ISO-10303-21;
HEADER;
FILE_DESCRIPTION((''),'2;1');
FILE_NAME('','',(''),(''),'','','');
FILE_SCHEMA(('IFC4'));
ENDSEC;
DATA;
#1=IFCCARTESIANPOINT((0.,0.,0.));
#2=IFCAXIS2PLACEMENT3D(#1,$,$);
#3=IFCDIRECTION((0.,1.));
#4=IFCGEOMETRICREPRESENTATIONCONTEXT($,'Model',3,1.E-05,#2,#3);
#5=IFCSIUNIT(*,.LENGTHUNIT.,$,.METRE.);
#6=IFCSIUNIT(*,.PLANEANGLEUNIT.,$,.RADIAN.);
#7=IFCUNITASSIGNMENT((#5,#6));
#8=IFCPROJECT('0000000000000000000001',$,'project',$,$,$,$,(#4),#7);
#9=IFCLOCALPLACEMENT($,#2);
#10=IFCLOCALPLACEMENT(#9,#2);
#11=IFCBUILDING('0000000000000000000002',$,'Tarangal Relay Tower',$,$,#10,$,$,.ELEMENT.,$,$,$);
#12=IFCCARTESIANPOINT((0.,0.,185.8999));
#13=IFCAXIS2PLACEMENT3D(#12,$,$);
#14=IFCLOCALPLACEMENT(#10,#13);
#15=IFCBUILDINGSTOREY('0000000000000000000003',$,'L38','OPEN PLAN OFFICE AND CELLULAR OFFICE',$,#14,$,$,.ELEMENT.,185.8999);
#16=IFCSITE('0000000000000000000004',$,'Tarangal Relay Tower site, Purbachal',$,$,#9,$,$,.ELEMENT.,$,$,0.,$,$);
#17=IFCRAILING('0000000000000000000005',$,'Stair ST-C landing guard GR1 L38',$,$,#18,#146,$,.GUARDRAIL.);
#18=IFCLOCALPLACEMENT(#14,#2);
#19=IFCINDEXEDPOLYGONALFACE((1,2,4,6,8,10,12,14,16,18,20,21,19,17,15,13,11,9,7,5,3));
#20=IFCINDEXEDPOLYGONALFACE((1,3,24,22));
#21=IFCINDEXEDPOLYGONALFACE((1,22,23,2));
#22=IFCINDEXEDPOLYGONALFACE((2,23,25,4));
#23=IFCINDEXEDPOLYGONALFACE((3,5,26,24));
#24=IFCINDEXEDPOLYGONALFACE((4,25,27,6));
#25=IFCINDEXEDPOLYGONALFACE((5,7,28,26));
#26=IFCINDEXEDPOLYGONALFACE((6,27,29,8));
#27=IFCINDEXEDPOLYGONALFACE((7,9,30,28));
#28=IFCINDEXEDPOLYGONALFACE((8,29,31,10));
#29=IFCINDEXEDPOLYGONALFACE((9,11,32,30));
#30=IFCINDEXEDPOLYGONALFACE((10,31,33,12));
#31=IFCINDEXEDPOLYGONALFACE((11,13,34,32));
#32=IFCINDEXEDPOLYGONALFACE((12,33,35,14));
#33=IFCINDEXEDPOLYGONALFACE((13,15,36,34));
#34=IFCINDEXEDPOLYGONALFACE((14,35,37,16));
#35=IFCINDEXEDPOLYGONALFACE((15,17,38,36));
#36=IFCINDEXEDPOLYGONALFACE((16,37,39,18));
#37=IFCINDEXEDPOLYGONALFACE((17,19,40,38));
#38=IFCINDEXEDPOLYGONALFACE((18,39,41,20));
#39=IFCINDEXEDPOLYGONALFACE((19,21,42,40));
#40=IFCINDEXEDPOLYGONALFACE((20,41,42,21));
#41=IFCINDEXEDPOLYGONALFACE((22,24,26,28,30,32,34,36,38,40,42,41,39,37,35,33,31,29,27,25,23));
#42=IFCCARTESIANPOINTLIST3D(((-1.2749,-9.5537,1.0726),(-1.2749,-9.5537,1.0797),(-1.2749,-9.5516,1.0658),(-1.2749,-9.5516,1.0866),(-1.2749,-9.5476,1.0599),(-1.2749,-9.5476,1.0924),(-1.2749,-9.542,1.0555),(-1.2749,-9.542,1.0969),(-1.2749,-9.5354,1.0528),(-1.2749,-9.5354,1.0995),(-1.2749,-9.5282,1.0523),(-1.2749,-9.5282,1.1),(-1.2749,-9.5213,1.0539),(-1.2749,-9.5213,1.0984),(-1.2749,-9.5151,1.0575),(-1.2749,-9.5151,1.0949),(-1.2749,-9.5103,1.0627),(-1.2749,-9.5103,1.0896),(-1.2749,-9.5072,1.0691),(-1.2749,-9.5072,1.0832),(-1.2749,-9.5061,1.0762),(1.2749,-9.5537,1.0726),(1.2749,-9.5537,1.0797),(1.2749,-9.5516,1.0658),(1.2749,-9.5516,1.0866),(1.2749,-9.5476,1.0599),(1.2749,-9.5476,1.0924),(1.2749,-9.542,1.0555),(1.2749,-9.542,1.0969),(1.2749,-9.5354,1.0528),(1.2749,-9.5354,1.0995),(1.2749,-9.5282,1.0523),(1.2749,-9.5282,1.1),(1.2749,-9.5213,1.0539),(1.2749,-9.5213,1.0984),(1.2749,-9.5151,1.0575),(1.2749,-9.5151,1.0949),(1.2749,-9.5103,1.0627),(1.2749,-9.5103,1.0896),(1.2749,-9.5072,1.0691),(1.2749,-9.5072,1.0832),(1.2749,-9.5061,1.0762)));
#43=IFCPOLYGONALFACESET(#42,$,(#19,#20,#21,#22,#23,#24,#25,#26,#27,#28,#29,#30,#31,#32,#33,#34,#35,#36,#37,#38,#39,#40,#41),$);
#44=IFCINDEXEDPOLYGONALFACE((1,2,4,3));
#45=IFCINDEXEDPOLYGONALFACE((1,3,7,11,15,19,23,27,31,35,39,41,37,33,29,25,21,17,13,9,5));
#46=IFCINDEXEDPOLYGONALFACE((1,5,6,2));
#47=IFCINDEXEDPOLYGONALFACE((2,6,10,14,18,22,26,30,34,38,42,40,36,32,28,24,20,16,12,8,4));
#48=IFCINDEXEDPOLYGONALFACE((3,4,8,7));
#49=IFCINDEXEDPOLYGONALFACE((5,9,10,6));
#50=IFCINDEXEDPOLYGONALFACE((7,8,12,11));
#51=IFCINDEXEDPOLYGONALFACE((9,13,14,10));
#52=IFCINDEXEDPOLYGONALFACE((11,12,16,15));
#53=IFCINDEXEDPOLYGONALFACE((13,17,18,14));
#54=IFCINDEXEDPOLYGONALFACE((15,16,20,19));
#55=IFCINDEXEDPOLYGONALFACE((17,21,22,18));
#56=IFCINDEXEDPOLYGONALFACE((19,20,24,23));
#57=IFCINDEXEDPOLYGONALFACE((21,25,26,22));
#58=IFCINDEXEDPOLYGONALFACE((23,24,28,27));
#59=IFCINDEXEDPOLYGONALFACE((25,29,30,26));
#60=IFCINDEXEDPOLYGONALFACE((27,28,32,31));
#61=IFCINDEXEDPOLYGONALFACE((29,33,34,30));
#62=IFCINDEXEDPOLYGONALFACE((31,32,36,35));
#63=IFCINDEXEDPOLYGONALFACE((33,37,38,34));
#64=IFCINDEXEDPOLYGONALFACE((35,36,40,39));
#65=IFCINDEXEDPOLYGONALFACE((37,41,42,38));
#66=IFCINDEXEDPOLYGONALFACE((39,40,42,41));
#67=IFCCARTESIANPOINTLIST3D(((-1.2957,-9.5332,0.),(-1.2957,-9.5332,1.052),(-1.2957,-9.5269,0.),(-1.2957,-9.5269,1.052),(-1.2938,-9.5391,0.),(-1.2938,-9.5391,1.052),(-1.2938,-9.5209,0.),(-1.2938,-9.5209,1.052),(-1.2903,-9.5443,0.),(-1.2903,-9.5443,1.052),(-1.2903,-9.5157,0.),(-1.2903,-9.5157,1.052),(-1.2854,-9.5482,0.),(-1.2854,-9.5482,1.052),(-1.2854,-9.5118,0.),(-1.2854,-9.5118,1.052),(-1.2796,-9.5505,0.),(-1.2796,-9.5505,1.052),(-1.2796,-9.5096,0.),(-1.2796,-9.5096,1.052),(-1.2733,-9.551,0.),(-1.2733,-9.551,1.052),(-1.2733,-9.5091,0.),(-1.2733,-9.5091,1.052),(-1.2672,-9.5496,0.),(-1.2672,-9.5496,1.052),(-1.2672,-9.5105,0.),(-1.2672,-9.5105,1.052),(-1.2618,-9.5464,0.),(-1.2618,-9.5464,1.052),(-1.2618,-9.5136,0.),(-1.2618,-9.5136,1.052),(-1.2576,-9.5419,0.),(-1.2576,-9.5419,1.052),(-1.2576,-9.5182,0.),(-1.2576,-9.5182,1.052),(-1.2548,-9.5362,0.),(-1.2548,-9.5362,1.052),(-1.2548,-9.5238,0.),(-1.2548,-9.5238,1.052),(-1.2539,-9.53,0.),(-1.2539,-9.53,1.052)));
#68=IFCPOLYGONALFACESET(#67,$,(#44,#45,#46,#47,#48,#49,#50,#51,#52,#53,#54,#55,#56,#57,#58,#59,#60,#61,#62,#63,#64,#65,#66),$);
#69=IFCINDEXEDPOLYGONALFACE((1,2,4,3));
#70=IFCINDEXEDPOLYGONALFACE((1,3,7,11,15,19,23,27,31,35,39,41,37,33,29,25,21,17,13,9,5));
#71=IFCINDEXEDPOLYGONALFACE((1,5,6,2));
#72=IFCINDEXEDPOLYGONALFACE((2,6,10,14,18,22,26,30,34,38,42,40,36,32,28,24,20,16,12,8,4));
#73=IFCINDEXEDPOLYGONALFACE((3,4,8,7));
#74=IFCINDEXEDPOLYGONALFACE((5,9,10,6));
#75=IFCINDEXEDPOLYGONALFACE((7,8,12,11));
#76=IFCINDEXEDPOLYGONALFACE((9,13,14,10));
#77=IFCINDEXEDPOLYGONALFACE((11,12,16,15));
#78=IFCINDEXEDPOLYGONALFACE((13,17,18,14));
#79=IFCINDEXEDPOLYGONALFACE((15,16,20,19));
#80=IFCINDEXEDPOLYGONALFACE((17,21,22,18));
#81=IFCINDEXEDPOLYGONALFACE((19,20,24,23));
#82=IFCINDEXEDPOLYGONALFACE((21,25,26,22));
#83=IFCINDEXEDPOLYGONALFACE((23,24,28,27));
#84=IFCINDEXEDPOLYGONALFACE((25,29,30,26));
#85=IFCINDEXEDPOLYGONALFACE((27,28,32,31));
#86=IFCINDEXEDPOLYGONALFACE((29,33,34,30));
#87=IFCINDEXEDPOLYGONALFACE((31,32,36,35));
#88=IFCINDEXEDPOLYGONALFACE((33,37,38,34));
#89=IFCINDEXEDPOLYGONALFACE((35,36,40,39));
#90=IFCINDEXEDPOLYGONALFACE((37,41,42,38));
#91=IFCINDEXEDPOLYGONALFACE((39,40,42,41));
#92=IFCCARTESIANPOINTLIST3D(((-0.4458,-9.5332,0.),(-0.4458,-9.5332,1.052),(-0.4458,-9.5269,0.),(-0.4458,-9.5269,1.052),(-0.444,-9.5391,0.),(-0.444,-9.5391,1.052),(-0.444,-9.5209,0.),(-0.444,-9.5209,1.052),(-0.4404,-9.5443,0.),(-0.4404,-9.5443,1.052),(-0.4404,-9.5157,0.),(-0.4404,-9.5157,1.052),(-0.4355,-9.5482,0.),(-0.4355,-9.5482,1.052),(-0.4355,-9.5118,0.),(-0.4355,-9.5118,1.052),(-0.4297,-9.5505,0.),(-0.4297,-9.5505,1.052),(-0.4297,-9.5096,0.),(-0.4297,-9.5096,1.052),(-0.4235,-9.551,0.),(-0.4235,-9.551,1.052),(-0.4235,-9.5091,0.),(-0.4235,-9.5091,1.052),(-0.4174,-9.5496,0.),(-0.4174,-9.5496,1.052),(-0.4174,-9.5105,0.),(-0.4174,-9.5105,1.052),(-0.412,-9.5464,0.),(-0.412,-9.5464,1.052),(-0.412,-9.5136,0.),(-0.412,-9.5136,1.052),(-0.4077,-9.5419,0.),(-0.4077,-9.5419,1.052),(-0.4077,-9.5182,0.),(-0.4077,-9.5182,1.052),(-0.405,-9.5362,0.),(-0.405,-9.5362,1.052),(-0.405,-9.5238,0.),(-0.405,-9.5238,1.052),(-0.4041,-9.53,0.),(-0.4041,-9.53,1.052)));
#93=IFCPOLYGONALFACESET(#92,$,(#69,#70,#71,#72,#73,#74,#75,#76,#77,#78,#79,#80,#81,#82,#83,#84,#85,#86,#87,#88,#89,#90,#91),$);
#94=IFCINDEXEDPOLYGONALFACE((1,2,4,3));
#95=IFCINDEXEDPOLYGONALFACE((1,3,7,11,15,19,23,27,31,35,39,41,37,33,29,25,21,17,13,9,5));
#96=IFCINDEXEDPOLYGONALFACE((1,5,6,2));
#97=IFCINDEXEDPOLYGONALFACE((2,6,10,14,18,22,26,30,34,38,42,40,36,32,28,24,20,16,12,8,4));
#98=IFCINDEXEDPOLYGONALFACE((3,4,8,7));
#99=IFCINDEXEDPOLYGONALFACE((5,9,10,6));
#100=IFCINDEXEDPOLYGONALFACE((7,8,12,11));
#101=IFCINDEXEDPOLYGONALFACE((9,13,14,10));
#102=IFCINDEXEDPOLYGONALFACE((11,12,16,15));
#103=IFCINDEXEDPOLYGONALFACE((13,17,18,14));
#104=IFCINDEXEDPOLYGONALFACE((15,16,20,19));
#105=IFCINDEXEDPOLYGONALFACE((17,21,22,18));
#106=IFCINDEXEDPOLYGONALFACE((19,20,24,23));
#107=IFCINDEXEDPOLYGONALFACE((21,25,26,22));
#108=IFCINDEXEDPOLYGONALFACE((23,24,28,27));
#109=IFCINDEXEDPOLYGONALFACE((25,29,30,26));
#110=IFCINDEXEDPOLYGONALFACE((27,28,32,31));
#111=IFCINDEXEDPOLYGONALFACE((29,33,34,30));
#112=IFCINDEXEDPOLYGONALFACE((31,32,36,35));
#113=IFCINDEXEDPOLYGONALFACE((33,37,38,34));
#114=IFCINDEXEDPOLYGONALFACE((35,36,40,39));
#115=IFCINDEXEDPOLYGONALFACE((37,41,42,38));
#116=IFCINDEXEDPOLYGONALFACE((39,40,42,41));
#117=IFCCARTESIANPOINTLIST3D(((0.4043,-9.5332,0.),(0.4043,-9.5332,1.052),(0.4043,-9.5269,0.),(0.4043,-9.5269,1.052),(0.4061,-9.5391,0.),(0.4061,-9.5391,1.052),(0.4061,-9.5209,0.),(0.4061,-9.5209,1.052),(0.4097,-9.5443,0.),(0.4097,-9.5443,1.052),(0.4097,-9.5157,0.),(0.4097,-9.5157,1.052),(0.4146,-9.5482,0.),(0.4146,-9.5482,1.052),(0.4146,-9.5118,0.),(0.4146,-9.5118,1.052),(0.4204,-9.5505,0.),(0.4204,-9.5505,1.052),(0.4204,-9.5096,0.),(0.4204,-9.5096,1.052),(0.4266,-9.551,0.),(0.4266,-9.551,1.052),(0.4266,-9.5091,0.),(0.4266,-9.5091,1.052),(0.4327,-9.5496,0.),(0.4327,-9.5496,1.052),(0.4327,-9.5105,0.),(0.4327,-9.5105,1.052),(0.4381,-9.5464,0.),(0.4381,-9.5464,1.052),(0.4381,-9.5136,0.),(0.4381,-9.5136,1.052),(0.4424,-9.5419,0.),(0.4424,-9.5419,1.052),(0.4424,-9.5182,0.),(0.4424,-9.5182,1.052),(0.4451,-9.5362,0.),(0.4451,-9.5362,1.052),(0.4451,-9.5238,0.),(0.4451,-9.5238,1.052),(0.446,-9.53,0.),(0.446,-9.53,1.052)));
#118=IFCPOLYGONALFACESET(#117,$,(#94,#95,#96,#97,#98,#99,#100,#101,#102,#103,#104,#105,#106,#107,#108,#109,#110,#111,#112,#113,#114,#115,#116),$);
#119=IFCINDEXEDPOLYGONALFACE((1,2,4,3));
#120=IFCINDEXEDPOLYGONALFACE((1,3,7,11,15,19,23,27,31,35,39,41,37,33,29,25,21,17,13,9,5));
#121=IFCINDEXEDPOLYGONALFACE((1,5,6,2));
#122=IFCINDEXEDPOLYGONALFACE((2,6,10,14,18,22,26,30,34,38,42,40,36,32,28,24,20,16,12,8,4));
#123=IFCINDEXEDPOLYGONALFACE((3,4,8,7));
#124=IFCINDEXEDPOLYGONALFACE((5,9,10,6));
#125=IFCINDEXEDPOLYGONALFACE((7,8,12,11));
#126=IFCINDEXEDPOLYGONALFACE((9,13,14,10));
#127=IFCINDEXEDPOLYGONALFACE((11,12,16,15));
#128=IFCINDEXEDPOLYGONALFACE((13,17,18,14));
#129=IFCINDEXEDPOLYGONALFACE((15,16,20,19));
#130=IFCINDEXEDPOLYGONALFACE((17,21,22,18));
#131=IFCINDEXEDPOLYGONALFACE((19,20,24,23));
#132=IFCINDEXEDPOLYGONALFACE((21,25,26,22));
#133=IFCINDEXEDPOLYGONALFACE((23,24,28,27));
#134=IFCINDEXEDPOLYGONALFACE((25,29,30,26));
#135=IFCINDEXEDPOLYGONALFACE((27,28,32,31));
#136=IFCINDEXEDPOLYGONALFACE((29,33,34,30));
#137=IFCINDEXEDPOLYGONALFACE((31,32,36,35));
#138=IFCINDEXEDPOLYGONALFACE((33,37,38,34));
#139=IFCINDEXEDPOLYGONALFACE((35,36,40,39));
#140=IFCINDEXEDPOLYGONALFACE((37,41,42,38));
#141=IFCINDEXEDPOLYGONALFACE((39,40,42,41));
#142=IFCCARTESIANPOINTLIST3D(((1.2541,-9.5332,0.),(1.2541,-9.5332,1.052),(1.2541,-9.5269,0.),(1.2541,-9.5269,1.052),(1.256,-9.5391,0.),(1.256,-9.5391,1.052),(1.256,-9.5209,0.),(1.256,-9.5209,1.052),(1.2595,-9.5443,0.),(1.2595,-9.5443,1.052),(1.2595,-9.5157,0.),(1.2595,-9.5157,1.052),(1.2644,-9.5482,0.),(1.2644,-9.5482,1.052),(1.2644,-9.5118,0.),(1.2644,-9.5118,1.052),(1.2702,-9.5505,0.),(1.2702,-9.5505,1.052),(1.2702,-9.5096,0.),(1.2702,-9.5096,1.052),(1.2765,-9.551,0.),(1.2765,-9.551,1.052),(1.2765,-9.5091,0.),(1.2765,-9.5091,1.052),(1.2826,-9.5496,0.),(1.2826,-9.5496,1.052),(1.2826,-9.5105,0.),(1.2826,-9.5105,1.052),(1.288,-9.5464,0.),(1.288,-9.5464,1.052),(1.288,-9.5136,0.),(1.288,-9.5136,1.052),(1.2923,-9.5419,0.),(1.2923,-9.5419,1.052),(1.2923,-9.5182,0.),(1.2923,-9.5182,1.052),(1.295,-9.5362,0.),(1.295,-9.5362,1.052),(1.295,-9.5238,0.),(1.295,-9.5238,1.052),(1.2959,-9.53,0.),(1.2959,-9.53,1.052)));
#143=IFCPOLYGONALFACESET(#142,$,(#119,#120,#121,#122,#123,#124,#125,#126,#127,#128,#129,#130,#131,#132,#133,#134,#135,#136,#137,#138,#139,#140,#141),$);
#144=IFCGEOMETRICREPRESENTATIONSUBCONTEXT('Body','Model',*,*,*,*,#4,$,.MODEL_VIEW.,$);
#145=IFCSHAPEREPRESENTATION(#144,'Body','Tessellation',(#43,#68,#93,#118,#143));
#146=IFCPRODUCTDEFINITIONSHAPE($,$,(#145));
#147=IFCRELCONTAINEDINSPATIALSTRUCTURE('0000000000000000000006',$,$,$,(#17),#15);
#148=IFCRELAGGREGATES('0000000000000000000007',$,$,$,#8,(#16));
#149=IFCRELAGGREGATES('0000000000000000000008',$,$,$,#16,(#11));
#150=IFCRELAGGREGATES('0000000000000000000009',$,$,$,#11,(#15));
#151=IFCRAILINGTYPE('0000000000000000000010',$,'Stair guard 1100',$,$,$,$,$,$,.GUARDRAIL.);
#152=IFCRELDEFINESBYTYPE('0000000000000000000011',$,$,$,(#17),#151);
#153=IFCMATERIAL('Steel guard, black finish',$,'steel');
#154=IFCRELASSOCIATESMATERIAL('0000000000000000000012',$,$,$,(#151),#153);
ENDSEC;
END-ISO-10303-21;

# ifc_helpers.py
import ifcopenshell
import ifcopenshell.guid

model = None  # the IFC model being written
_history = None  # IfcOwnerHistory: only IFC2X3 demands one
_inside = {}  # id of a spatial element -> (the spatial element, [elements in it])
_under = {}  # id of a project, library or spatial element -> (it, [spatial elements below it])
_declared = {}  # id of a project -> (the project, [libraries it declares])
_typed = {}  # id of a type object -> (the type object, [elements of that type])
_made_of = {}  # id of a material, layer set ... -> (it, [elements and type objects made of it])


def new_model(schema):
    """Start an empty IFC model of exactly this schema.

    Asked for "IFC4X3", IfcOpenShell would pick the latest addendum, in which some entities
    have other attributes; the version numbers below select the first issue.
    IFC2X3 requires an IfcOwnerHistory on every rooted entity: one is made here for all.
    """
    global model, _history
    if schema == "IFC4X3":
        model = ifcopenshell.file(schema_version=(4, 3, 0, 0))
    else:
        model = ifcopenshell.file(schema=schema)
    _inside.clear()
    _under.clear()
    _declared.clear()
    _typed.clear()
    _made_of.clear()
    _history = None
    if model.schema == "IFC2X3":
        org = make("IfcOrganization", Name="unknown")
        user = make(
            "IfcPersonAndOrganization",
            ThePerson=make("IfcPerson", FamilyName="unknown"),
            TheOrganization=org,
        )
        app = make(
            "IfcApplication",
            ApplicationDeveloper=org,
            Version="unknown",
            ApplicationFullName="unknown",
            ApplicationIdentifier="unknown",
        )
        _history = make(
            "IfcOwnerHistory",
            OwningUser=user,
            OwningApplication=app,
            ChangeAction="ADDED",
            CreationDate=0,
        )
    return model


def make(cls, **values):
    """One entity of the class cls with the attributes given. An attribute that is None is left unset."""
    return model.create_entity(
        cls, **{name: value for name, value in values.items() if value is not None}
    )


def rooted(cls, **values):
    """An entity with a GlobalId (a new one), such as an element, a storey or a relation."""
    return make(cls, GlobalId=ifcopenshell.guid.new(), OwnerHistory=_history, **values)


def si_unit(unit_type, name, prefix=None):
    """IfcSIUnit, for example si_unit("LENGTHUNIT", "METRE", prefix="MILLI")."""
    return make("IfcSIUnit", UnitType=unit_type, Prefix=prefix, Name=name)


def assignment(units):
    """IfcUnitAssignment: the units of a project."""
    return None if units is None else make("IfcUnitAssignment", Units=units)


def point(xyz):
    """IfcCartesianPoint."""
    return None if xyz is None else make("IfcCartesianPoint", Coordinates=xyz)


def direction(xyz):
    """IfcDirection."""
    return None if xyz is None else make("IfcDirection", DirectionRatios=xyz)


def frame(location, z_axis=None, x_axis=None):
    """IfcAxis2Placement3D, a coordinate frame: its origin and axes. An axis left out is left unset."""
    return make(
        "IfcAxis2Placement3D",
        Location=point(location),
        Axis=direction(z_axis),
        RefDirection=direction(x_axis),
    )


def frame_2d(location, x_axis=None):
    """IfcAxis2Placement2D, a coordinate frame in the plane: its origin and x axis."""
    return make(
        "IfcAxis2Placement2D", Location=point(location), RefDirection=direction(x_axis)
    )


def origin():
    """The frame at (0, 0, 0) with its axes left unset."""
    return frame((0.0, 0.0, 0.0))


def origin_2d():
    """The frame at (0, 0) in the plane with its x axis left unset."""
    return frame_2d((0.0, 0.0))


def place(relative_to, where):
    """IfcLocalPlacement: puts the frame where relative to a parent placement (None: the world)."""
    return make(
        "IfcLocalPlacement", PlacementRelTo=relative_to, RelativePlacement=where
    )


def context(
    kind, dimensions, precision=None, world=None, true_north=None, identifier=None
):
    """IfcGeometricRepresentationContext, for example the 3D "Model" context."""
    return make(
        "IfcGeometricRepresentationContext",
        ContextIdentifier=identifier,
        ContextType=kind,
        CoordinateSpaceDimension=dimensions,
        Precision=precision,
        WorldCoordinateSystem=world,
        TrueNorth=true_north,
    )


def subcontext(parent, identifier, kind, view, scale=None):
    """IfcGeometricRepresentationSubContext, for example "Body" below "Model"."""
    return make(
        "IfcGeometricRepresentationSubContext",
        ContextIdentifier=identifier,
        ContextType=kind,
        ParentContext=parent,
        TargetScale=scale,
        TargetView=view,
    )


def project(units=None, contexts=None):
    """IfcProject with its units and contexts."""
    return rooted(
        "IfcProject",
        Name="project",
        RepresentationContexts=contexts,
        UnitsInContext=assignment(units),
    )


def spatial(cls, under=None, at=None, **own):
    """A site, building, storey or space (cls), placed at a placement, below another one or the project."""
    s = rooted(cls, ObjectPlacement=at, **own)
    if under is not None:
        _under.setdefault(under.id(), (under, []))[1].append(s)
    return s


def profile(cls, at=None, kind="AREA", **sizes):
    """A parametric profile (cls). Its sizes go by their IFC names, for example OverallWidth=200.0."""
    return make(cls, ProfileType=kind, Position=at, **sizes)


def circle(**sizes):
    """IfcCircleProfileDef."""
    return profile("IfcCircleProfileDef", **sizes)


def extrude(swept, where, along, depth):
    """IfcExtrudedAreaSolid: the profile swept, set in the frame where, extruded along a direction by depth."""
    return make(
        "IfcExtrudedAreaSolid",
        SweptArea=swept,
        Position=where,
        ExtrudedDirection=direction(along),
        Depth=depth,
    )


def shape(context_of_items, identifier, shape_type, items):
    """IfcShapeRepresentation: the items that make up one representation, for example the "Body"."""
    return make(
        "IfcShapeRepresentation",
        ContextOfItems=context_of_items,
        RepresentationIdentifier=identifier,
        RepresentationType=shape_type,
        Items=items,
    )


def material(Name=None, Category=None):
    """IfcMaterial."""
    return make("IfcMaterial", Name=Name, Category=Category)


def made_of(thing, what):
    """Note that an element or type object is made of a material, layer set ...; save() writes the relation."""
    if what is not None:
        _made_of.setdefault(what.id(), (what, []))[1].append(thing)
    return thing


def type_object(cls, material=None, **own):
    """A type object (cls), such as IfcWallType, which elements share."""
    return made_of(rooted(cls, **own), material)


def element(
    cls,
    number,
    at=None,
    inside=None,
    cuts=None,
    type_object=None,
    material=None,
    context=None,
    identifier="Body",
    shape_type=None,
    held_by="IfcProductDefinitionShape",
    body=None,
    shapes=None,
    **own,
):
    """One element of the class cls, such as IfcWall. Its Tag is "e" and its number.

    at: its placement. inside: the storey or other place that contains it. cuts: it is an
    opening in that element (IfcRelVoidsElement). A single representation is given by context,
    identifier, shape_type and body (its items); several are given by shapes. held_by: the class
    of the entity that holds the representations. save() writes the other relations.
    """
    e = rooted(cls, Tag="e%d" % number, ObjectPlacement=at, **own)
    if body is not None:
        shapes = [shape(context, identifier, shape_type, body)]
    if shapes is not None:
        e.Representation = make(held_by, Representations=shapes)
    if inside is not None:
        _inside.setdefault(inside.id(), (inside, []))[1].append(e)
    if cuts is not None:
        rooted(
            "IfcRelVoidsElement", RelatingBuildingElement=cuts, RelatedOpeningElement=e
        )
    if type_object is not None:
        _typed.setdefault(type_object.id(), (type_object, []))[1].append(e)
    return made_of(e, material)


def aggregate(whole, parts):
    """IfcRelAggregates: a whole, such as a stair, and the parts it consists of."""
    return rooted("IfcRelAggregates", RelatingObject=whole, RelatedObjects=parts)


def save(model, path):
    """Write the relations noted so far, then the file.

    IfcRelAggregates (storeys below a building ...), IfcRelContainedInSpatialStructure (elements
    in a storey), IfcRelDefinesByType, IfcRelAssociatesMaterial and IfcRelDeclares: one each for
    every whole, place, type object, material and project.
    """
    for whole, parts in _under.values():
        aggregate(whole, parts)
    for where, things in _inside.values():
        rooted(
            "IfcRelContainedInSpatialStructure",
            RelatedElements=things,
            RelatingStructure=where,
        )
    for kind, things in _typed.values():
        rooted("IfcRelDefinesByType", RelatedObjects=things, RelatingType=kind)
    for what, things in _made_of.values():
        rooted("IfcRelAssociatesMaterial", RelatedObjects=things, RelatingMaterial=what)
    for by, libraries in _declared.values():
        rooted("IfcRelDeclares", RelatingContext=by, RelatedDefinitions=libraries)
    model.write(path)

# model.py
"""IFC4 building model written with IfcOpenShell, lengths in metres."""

from ifc_helpers import new_model, si_unit, direction, frame, origin, origin_2d, place, context, subcontext, project, spatial, circle, extrude, material, type_object, element, save


model = new_model("IFC4")

# Units and contexts
model_context = context("Model", 3, precision=1e-05, world=origin(), true_north=direction((0.0, 1.0)))
body_context = subcontext(model_context, "Body", "Model", "MODEL_VIEW")
ifc_project = project(units=[si_unit("LENGTHUNIT", "METRE"), si_unit("PLANEANGLEUNIT", "RADIAN")], contexts=[model_context])

# Site, building, storey
site_placement = place(None, origin())
site = spatial("IfcSite", under=ifc_project, at=site_placement, Name="Tarangal Relay Tower site, Purbachal", CompositionType="ELEMENT", RefElevation=0.0)
building_placement = place(site_placement, origin())
building = spatial("IfcBuilding", under=site, at=building_placement, Name="Tarangal Relay Tower", CompositionType="ELEMENT")
storey_placement = place(building_placement, frame((0.0, 0.0, 185.8999)))
storey = spatial("IfcBuildingStorey", under=building, at=storey_placement, Name="L38", Description="OPEN PLAN OFFICE AND CELLULAR OFFICE", CompositionType="ELEMENT", Elevation=185.8999)

# Railing
ifc_material_1 = material(Name="Steel guard, black finish", Category="steel")
railing_type_1 = type_object("IfcRailingType", Name="Stair guard 1100", PredefinedType="GUARDRAIL", material=ifc_material_1)
for number, where, name in (
    (1, (-1.2749, -9.53, 0.0), "Stair ST-C landing guard GR1 L38"),
):
    element("IfcRailing", number, at=place(storey_placement, frame(where)), inside=storey, type_object=railing_type_1, Name=name, PredefinedType="GUARDRAIL", context=body_context, shape_type="SweptSolid", body=[
        extrude(circle(Radius=0.0239, at=origin_2d()), frame((0.0, 0.0, 1.0762), z_axis=(1.0, 0.0, 0.0), x_axis=(0.0, 1.0, 0.0)), (0.0, 0.0, 1.0), 2.5498),
        extrude(circle(Radius=0.021, at=origin_2d()), origin(), (0.0, 0.0, 1.0), 1.052),
        extrude(circle(Radius=0.021, at=origin_2d()), frame((0.8499, 0.0, 0.0)), (0.0, 0.0, 1.0), 1.052),
        extrude(circle(Radius=0.021, at=origin_2d()), frame((1.7, 0.0, 0.0)), (0.0, 0.0, 1.0), 1.052),
        extrude(circle(Radius=0.021, at=origin_2d()), frame((2.5498, 0.0, 0.0)), (0.0, 0.0, 1.0), 1.052),
    ])

save(model, "model.ifc")
